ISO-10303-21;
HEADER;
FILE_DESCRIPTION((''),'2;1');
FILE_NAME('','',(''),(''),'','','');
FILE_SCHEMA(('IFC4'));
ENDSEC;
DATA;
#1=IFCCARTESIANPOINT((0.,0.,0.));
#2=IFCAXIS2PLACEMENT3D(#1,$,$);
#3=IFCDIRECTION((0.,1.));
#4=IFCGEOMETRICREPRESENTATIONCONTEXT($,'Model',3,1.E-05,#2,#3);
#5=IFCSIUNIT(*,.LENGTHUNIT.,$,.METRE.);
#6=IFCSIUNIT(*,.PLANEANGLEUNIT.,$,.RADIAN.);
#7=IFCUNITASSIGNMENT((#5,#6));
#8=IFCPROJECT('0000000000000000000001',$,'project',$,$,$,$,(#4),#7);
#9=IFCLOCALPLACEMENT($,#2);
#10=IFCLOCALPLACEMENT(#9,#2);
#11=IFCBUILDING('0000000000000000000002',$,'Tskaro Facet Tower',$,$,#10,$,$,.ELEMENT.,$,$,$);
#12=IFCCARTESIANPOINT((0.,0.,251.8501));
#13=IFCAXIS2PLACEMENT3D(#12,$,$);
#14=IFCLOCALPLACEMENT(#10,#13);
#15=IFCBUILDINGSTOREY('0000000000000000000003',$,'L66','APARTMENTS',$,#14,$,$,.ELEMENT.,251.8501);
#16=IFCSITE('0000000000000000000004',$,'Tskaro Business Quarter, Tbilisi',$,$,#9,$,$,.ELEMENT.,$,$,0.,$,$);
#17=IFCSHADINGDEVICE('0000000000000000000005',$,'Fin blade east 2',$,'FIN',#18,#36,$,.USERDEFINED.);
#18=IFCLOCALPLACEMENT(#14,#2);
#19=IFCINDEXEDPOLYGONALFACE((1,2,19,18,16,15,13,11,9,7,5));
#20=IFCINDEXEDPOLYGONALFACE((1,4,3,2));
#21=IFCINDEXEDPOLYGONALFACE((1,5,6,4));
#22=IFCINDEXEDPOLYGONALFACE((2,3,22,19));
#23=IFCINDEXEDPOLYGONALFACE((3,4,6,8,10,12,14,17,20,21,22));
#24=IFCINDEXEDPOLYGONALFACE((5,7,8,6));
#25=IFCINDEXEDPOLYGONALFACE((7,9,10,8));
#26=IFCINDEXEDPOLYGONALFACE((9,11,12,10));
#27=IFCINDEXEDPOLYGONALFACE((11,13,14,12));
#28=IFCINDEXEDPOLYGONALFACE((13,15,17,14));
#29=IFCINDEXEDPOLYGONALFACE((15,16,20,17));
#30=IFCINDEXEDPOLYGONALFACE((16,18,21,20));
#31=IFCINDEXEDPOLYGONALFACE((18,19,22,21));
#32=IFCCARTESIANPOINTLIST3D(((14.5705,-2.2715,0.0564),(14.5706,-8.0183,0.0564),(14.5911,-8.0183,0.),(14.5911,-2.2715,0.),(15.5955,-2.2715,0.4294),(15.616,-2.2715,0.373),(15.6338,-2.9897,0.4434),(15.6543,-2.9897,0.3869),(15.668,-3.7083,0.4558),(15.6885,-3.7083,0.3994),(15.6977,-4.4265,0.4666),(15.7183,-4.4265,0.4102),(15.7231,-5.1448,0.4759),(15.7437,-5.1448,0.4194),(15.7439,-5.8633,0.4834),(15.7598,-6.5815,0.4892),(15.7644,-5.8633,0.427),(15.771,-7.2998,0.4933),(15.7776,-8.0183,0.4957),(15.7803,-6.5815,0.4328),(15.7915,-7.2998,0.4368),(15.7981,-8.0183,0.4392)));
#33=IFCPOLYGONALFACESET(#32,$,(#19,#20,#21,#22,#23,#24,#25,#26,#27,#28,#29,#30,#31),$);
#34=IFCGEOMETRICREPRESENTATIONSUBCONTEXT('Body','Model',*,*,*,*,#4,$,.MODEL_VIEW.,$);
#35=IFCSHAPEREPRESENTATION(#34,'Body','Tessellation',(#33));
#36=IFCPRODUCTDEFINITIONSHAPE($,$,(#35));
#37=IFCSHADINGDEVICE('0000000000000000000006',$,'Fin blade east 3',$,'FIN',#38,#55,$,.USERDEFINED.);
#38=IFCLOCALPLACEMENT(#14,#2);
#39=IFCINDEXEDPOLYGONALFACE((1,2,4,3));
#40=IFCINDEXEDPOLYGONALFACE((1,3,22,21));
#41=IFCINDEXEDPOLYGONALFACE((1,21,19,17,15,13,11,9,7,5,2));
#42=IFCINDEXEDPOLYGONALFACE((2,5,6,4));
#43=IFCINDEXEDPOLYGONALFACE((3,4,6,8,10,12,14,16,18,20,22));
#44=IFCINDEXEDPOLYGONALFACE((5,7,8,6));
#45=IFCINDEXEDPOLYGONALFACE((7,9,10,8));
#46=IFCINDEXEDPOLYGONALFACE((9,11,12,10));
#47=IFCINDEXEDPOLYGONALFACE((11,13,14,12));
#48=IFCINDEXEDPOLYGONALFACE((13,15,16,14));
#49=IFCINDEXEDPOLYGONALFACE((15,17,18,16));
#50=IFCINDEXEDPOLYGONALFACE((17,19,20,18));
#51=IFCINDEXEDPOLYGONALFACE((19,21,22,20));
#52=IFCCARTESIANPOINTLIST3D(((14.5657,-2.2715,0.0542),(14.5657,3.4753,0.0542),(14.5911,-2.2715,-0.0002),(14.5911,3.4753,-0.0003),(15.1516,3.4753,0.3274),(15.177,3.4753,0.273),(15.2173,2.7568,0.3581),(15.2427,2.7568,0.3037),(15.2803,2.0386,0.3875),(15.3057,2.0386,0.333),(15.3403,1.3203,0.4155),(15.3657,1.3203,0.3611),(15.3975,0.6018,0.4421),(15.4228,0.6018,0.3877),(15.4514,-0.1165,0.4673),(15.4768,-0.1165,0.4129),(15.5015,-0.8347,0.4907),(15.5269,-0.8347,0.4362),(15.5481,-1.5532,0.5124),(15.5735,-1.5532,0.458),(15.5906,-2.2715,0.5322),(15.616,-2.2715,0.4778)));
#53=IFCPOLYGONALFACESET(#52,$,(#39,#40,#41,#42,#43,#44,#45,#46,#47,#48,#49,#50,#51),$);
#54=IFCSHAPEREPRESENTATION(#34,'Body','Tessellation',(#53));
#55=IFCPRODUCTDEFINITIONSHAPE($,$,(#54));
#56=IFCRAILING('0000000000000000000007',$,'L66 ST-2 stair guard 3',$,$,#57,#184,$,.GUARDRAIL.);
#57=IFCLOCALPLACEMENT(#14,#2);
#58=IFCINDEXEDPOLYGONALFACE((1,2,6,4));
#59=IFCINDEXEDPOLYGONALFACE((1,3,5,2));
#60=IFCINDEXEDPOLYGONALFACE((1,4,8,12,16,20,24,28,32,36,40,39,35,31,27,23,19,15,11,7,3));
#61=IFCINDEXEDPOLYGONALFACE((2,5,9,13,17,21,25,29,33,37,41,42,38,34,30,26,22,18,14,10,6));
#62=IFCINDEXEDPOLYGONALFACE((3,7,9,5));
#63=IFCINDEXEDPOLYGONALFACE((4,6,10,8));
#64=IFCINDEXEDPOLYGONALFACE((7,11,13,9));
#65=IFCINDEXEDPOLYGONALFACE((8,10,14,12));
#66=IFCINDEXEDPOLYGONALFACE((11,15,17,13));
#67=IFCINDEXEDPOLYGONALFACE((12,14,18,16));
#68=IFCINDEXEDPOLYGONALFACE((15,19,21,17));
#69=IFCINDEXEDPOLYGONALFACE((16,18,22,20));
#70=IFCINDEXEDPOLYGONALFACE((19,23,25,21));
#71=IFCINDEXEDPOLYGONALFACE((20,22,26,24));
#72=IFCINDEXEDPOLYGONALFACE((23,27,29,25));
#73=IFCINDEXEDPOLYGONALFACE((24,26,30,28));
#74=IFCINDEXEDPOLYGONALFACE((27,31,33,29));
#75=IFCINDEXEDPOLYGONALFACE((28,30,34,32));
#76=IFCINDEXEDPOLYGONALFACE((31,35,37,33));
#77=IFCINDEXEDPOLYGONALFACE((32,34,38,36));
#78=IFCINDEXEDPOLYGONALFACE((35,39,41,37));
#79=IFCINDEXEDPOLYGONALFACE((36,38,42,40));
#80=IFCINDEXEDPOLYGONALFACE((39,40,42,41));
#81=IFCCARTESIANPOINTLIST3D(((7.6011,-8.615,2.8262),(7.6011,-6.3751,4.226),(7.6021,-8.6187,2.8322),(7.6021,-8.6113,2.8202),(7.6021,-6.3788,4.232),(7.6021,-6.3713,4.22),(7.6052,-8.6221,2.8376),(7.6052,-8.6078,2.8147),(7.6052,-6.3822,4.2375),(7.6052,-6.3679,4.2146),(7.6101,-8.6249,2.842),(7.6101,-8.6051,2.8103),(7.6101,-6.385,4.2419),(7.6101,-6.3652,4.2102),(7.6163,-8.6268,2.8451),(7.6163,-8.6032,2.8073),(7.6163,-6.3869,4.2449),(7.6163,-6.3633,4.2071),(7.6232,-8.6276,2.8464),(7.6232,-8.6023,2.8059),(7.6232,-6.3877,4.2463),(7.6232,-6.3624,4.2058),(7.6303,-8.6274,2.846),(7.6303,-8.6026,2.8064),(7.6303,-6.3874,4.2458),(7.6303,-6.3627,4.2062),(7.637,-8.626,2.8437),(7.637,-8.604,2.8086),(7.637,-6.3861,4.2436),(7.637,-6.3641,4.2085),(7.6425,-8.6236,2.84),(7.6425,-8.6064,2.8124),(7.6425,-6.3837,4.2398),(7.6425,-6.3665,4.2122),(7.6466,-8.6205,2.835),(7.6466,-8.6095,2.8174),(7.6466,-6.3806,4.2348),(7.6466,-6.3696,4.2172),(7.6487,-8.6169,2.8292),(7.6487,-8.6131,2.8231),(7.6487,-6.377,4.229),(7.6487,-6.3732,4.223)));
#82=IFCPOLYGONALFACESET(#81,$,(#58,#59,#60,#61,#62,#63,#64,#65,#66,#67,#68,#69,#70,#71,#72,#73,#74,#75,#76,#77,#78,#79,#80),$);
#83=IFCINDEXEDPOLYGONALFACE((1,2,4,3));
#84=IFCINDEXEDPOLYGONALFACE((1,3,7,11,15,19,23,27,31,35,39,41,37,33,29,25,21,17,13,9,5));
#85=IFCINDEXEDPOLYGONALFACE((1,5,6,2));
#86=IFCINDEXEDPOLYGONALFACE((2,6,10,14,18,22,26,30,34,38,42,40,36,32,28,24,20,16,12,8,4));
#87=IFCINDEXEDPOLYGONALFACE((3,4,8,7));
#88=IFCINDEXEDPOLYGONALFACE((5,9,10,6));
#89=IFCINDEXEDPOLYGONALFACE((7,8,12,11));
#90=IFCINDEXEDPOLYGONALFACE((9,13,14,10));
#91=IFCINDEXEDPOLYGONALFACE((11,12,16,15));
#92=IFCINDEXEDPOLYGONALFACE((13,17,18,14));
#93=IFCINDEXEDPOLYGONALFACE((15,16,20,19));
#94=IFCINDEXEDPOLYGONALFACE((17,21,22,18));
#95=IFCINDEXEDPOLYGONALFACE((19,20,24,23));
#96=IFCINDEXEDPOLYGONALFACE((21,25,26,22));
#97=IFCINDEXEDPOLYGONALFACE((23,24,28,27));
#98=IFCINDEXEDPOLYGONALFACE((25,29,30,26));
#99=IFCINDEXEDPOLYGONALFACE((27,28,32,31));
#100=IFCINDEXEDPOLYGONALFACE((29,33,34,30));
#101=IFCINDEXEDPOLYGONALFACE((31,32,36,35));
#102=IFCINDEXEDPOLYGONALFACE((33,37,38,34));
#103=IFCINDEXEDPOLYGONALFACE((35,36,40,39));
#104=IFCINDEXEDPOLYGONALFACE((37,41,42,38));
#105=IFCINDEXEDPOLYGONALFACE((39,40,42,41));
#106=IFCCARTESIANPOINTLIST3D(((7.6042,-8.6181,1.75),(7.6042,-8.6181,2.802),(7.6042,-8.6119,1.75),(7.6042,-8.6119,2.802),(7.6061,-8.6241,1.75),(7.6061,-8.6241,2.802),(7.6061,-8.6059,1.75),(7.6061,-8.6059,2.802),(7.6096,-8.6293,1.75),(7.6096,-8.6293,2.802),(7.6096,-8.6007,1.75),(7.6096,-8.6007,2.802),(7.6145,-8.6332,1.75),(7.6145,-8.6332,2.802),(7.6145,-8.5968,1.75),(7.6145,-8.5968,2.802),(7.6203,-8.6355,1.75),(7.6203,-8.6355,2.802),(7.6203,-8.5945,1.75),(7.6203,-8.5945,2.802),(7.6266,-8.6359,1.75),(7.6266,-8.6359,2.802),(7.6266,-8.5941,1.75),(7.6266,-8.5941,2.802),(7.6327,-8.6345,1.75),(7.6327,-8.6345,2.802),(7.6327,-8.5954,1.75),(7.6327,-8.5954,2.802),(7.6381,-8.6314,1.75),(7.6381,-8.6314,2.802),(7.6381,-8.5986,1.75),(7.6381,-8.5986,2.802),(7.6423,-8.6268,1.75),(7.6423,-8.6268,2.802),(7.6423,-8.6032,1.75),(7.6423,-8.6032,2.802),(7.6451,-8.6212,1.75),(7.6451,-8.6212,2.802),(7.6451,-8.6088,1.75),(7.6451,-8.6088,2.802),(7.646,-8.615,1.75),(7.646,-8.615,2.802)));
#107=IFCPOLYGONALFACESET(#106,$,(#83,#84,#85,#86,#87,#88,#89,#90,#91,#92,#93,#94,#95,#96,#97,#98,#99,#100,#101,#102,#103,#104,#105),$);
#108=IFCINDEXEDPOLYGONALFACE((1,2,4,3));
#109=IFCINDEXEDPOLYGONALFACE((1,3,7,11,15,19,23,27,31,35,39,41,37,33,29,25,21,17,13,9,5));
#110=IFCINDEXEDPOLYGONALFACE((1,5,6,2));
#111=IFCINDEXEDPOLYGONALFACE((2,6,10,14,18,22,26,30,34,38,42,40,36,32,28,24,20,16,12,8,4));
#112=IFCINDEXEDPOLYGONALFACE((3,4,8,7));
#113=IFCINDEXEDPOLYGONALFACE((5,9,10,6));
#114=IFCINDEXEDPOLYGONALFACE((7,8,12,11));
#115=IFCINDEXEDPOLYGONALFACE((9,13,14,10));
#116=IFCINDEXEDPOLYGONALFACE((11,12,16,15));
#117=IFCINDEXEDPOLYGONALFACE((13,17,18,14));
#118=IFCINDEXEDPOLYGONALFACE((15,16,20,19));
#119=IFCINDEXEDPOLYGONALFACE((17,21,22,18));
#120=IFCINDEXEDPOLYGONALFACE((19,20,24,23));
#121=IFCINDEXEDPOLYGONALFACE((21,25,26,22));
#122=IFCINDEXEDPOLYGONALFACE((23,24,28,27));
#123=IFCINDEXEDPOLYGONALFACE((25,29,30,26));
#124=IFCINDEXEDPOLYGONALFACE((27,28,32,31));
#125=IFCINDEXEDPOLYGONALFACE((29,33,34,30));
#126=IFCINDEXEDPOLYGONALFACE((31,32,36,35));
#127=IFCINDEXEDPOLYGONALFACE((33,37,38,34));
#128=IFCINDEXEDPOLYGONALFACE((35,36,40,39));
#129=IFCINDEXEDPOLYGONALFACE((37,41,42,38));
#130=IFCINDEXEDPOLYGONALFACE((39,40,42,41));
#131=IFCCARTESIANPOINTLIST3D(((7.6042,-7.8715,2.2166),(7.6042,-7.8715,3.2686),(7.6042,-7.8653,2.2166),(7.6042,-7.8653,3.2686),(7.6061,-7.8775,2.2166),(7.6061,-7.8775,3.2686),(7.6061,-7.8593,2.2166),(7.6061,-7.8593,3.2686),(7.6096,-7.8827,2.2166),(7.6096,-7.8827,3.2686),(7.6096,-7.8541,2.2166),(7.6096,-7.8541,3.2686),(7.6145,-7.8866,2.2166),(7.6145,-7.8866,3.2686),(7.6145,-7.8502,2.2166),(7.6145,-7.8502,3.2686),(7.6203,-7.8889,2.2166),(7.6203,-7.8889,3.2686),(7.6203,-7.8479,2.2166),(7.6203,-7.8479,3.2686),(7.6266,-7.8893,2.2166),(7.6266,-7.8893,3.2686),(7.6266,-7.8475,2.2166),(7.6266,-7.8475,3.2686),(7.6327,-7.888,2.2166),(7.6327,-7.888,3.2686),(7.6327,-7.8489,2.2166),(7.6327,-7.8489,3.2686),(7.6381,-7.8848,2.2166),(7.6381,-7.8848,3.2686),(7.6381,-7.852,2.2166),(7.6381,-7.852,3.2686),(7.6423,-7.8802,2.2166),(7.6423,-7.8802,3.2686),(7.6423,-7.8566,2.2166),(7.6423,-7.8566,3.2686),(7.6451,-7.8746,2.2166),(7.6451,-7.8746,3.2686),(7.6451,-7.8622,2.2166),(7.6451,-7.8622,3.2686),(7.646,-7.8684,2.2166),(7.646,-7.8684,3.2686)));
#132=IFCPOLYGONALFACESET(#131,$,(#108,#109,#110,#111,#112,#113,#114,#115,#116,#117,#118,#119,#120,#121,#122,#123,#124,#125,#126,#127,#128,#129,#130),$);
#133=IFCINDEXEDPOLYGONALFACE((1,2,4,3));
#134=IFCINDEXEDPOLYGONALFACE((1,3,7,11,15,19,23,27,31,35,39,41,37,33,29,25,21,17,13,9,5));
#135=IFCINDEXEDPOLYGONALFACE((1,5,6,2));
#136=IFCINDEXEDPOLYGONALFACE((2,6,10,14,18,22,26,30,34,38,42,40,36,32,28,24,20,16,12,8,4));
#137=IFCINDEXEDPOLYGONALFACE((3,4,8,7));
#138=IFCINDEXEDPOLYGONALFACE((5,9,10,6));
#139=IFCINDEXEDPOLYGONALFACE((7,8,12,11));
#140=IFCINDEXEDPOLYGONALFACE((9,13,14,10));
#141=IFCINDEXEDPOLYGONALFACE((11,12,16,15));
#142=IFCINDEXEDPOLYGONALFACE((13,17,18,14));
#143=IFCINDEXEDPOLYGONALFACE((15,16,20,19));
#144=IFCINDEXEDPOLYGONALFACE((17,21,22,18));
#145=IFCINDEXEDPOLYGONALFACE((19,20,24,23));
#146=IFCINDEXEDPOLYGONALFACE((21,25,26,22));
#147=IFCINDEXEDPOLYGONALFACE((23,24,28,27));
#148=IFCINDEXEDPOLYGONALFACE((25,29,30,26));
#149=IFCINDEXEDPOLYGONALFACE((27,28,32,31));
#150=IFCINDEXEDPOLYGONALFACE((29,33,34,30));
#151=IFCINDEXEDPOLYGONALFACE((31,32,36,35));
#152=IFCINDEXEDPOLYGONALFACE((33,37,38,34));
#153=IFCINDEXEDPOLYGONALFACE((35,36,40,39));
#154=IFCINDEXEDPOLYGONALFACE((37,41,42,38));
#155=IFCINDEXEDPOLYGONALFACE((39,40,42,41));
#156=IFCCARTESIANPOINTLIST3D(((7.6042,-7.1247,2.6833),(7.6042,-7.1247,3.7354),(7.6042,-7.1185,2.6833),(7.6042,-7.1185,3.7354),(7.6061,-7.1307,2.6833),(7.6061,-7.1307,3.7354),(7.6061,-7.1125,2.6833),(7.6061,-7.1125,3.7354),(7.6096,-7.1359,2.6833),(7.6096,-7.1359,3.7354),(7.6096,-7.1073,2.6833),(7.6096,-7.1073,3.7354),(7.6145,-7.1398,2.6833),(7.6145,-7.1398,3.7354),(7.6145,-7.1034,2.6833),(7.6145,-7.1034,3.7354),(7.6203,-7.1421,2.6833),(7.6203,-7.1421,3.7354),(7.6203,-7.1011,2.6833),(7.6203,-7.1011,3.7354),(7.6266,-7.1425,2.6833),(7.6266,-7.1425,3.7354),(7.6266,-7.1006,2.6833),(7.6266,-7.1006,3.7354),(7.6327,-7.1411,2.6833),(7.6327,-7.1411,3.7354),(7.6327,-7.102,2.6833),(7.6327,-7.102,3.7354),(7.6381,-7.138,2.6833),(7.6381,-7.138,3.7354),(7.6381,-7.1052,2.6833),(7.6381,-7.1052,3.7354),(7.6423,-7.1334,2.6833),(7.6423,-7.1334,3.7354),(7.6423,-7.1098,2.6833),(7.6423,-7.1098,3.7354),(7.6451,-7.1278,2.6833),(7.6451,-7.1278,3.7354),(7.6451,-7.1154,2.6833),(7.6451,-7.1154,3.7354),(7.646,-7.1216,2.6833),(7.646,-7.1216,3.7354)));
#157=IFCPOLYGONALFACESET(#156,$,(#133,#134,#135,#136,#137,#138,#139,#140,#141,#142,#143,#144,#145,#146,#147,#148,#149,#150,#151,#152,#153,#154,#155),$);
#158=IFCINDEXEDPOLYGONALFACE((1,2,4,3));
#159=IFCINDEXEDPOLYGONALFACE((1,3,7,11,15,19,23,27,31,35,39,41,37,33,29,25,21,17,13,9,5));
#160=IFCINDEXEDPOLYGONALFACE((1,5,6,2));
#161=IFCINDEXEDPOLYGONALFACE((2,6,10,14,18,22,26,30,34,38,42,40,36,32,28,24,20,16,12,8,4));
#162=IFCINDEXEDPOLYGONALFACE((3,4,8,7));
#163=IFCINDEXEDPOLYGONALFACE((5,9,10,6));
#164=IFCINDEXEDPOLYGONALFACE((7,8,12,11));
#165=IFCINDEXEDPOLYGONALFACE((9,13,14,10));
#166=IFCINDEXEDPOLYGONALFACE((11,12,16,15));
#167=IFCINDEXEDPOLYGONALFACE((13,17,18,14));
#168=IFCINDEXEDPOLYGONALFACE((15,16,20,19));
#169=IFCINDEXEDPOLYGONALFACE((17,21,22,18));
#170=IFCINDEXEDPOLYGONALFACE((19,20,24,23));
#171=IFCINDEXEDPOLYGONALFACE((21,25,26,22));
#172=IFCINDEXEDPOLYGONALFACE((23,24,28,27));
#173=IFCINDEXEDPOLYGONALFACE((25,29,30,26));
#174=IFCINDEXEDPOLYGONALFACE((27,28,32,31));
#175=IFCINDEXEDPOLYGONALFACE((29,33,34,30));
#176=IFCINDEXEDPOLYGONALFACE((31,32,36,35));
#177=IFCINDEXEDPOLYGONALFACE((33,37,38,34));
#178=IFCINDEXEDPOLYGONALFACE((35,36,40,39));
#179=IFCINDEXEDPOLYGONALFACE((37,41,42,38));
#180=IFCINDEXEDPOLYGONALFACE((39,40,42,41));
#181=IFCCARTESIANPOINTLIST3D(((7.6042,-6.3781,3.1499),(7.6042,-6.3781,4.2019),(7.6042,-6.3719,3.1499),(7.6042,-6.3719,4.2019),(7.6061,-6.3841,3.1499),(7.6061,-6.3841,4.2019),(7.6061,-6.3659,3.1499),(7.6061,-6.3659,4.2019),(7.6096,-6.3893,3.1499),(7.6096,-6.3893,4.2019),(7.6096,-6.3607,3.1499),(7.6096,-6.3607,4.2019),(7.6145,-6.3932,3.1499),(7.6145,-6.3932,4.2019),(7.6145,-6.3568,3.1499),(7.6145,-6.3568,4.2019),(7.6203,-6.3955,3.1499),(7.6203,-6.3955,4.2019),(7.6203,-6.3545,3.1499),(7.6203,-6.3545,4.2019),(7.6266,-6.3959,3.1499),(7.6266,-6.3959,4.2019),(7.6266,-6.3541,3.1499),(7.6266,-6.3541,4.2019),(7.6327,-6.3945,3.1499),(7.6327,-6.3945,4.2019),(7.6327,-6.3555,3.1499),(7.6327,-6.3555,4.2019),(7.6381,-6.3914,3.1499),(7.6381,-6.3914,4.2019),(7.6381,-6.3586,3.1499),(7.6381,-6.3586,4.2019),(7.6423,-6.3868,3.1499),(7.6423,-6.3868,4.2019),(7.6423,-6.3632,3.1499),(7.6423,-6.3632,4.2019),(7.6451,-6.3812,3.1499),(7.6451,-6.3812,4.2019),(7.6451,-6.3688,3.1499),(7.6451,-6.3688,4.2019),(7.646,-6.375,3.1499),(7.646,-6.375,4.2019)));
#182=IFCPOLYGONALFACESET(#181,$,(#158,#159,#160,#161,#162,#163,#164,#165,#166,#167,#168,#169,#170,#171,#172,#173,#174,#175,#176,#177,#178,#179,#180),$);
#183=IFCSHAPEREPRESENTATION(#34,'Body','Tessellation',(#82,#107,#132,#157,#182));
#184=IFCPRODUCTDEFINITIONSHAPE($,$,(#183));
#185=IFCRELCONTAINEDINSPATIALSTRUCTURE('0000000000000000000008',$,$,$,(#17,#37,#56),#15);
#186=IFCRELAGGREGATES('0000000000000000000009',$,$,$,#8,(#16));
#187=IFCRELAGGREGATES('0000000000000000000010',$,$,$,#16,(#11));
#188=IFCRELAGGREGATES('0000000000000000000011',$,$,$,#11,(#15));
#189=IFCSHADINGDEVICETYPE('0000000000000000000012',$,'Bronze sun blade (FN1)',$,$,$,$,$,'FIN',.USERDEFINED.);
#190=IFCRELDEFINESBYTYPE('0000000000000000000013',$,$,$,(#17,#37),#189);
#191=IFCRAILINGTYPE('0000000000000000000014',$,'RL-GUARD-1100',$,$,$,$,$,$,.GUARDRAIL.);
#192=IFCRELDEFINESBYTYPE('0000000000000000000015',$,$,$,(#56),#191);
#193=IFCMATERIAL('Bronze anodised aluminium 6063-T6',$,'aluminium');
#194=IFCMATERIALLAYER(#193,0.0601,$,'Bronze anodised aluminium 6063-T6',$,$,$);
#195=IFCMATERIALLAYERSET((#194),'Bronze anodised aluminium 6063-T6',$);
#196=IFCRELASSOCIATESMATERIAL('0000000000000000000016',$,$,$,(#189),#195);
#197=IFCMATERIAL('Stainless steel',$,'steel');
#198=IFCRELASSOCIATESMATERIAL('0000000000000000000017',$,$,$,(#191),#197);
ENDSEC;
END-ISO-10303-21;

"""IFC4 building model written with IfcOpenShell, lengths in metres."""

from ifc_helpers import new_model, si_unit, direction, frame, origin, origin_2d, place, context, subcontext, project, spatial, polyline, circle, outline, extrude, material, layer, layer_set, type_object, element, save


model = new_model("IFC4")

# Units and contexts
model_context = context("Model", 3, precision=1e-05, world=origin(), true_north=direction((0.0, 1.0)))
body_context = subcontext(model_context, "Body", "Model", "MODEL_VIEW")
ifc_project = project(units=[si_unit("LENGTHUNIT", "METRE"), si_unit("PLANEANGLEUNIT", "RADIAN")], contexts=[model_context])

# Site, building, storey
site_placement = place(None, origin())
site = spatial("IfcSite", under=ifc_project, at=site_placement, Name="Tskaro Business Quarter, Tbilisi", CompositionType="ELEMENT", RefElevation=0.0)
building_placement = place(site_placement, origin())
building = spatial("IfcBuilding", under=site, at=building_placement, Name="Tskaro Facet Tower", CompositionType="ELEMENT")
storey_placement = place(building_placement, frame((0.0, 0.0, 251.8501)))
storey = spatial("IfcBuildingStorey", under=building, at=storey_placement, Name="L66", Description="APARTMENTS", CompositionType="ELEMENT", Elevation=251.8501)

# Shared definitions
ifc_material_1 = material(Name="Bronze anodised aluminium 6063-T6", Category="aluminium")

# Shading devices
ifc_layer_1 = layer(ifc_material_1, 0.0601, Name="Bronze anodised aluminium 6063-T6")
ifc_layer_set_1 = layer_set([ifc_layer_1], Name="Bronze anodised aluminium 6063-T6")
shading_device_type = type_object("IfcShadingDeviceType", Name="Bronze sun blade (FN1)", ElementType="FIN", PredefinedType="USERDEFINED", material=ifc_layer_set_1)
shading_device_1_placement = place(storey_placement, frame((14.5706, -8.0183, 0.0564), z_axis=(-0.341978, -0.00001, 0.939708), x_axis=(-0.000003, 1.0, 0.000009)))
element("IfcShadingDevice", 1, at=shading_device_1_placement, inside=storey, type_object=shading_device_type, Name="Fin blade east 2", ObjectType="FIN", PredefinedType="USERDEFINED", context=body_context, shape_type="SweptSolid", body=[
    extrude(outline(polyline([(0.0, 0.0), (5.7468, 0.0), (5.7468, -1.0907), (5.0286, -1.1315), (4.3101, -1.1678), (3.5918, -1.1995), (2.8735, -1.2265), (2.155, -1.2486), (1.4368, -1.2655), (0.7185, -1.2774), (0.0, -1.2845), (0.0, 0.0)])), origin(), (0.0, 0.0, -1.0), 0.0601),
])
shading_device_2_placement = place(storey_placement, frame((14.5657, -2.2715, 0.0542), z_axis=(-0.422697, 0.000006, 0.906271), x_axis=(0.000002, 1.0, -0.000005)))
element("IfcShadingDevice", 2, at=shading_device_2_placement, inside=storey, type_object=shading_device_type, Name="Fin blade east 3", ObjectType="FIN", PredefinedType="USERDEFINED", context=body_context, shape_type="SweptSolid", body=[
    extrude(outline(polyline([(0.0, 0.0), (5.7468, 0.0), (5.7468, -0.6465), (5.0283, -0.719), (4.3101, -0.7885), (3.5918, -0.8548), (2.8733, -0.9178), (2.155, -0.9773), (1.4368, -1.0326), (0.7183, -1.084), (0.0, -1.1309), (0.0, 0.0)])), origin(), (0.0, 0.0, -1.0), 0.0601),
])

# Railing
ifc_material_2 = material(Name="Stainless steel", Category="steel")
railing_type_1 = type_object("IfcRailingType", Name="RL-GUARD-1100", PredefinedType="GUARDRAIL", material=ifc_material_2)
railing_1_placement = place(storey_placement, frame((7.625, -8.615, 1.75)))
element("IfcRailing", 3, at=railing_1_placement, inside=storey, type_object=railing_type_1, Name="L66 ST-2 stair guard 3", PredefinedType="GUARDRAIL", context=body_context, shape_type="SweptSolid", body=[
    extrude(circle(Radius=0.0239, at=origin_2d()), frame((0.0, 0.0, 1.0762), z_axis=(0.0, 0.848014, 0.529974), x_axis=(-1.0, 0.0, 0.0)), (0.0, 0.0, 1.0), 2.6414),
    extrude(circle(Radius=0.021, at=origin_2d()), origin(), (0.0, 0.0, 1.0), 1.052),
    extrude(circle(Radius=0.021, at=origin_2d()), frame((0.0, 0.7466, 0.4666)), (0.0, 0.0, 1.0), 1.052),
    extrude(circle(Radius=0.021, at=origin_2d()), frame((0.0, 1.4934, 0.9333)), (0.0, 0.0, 1.0), 1.052),
    extrude(circle(Radius=0.021, at=origin_2d()), frame((0.0, 2.24, 1.3999)), (0.0, 0.0, 1.0), 1.052),
])

save(model, "model.ifc")
